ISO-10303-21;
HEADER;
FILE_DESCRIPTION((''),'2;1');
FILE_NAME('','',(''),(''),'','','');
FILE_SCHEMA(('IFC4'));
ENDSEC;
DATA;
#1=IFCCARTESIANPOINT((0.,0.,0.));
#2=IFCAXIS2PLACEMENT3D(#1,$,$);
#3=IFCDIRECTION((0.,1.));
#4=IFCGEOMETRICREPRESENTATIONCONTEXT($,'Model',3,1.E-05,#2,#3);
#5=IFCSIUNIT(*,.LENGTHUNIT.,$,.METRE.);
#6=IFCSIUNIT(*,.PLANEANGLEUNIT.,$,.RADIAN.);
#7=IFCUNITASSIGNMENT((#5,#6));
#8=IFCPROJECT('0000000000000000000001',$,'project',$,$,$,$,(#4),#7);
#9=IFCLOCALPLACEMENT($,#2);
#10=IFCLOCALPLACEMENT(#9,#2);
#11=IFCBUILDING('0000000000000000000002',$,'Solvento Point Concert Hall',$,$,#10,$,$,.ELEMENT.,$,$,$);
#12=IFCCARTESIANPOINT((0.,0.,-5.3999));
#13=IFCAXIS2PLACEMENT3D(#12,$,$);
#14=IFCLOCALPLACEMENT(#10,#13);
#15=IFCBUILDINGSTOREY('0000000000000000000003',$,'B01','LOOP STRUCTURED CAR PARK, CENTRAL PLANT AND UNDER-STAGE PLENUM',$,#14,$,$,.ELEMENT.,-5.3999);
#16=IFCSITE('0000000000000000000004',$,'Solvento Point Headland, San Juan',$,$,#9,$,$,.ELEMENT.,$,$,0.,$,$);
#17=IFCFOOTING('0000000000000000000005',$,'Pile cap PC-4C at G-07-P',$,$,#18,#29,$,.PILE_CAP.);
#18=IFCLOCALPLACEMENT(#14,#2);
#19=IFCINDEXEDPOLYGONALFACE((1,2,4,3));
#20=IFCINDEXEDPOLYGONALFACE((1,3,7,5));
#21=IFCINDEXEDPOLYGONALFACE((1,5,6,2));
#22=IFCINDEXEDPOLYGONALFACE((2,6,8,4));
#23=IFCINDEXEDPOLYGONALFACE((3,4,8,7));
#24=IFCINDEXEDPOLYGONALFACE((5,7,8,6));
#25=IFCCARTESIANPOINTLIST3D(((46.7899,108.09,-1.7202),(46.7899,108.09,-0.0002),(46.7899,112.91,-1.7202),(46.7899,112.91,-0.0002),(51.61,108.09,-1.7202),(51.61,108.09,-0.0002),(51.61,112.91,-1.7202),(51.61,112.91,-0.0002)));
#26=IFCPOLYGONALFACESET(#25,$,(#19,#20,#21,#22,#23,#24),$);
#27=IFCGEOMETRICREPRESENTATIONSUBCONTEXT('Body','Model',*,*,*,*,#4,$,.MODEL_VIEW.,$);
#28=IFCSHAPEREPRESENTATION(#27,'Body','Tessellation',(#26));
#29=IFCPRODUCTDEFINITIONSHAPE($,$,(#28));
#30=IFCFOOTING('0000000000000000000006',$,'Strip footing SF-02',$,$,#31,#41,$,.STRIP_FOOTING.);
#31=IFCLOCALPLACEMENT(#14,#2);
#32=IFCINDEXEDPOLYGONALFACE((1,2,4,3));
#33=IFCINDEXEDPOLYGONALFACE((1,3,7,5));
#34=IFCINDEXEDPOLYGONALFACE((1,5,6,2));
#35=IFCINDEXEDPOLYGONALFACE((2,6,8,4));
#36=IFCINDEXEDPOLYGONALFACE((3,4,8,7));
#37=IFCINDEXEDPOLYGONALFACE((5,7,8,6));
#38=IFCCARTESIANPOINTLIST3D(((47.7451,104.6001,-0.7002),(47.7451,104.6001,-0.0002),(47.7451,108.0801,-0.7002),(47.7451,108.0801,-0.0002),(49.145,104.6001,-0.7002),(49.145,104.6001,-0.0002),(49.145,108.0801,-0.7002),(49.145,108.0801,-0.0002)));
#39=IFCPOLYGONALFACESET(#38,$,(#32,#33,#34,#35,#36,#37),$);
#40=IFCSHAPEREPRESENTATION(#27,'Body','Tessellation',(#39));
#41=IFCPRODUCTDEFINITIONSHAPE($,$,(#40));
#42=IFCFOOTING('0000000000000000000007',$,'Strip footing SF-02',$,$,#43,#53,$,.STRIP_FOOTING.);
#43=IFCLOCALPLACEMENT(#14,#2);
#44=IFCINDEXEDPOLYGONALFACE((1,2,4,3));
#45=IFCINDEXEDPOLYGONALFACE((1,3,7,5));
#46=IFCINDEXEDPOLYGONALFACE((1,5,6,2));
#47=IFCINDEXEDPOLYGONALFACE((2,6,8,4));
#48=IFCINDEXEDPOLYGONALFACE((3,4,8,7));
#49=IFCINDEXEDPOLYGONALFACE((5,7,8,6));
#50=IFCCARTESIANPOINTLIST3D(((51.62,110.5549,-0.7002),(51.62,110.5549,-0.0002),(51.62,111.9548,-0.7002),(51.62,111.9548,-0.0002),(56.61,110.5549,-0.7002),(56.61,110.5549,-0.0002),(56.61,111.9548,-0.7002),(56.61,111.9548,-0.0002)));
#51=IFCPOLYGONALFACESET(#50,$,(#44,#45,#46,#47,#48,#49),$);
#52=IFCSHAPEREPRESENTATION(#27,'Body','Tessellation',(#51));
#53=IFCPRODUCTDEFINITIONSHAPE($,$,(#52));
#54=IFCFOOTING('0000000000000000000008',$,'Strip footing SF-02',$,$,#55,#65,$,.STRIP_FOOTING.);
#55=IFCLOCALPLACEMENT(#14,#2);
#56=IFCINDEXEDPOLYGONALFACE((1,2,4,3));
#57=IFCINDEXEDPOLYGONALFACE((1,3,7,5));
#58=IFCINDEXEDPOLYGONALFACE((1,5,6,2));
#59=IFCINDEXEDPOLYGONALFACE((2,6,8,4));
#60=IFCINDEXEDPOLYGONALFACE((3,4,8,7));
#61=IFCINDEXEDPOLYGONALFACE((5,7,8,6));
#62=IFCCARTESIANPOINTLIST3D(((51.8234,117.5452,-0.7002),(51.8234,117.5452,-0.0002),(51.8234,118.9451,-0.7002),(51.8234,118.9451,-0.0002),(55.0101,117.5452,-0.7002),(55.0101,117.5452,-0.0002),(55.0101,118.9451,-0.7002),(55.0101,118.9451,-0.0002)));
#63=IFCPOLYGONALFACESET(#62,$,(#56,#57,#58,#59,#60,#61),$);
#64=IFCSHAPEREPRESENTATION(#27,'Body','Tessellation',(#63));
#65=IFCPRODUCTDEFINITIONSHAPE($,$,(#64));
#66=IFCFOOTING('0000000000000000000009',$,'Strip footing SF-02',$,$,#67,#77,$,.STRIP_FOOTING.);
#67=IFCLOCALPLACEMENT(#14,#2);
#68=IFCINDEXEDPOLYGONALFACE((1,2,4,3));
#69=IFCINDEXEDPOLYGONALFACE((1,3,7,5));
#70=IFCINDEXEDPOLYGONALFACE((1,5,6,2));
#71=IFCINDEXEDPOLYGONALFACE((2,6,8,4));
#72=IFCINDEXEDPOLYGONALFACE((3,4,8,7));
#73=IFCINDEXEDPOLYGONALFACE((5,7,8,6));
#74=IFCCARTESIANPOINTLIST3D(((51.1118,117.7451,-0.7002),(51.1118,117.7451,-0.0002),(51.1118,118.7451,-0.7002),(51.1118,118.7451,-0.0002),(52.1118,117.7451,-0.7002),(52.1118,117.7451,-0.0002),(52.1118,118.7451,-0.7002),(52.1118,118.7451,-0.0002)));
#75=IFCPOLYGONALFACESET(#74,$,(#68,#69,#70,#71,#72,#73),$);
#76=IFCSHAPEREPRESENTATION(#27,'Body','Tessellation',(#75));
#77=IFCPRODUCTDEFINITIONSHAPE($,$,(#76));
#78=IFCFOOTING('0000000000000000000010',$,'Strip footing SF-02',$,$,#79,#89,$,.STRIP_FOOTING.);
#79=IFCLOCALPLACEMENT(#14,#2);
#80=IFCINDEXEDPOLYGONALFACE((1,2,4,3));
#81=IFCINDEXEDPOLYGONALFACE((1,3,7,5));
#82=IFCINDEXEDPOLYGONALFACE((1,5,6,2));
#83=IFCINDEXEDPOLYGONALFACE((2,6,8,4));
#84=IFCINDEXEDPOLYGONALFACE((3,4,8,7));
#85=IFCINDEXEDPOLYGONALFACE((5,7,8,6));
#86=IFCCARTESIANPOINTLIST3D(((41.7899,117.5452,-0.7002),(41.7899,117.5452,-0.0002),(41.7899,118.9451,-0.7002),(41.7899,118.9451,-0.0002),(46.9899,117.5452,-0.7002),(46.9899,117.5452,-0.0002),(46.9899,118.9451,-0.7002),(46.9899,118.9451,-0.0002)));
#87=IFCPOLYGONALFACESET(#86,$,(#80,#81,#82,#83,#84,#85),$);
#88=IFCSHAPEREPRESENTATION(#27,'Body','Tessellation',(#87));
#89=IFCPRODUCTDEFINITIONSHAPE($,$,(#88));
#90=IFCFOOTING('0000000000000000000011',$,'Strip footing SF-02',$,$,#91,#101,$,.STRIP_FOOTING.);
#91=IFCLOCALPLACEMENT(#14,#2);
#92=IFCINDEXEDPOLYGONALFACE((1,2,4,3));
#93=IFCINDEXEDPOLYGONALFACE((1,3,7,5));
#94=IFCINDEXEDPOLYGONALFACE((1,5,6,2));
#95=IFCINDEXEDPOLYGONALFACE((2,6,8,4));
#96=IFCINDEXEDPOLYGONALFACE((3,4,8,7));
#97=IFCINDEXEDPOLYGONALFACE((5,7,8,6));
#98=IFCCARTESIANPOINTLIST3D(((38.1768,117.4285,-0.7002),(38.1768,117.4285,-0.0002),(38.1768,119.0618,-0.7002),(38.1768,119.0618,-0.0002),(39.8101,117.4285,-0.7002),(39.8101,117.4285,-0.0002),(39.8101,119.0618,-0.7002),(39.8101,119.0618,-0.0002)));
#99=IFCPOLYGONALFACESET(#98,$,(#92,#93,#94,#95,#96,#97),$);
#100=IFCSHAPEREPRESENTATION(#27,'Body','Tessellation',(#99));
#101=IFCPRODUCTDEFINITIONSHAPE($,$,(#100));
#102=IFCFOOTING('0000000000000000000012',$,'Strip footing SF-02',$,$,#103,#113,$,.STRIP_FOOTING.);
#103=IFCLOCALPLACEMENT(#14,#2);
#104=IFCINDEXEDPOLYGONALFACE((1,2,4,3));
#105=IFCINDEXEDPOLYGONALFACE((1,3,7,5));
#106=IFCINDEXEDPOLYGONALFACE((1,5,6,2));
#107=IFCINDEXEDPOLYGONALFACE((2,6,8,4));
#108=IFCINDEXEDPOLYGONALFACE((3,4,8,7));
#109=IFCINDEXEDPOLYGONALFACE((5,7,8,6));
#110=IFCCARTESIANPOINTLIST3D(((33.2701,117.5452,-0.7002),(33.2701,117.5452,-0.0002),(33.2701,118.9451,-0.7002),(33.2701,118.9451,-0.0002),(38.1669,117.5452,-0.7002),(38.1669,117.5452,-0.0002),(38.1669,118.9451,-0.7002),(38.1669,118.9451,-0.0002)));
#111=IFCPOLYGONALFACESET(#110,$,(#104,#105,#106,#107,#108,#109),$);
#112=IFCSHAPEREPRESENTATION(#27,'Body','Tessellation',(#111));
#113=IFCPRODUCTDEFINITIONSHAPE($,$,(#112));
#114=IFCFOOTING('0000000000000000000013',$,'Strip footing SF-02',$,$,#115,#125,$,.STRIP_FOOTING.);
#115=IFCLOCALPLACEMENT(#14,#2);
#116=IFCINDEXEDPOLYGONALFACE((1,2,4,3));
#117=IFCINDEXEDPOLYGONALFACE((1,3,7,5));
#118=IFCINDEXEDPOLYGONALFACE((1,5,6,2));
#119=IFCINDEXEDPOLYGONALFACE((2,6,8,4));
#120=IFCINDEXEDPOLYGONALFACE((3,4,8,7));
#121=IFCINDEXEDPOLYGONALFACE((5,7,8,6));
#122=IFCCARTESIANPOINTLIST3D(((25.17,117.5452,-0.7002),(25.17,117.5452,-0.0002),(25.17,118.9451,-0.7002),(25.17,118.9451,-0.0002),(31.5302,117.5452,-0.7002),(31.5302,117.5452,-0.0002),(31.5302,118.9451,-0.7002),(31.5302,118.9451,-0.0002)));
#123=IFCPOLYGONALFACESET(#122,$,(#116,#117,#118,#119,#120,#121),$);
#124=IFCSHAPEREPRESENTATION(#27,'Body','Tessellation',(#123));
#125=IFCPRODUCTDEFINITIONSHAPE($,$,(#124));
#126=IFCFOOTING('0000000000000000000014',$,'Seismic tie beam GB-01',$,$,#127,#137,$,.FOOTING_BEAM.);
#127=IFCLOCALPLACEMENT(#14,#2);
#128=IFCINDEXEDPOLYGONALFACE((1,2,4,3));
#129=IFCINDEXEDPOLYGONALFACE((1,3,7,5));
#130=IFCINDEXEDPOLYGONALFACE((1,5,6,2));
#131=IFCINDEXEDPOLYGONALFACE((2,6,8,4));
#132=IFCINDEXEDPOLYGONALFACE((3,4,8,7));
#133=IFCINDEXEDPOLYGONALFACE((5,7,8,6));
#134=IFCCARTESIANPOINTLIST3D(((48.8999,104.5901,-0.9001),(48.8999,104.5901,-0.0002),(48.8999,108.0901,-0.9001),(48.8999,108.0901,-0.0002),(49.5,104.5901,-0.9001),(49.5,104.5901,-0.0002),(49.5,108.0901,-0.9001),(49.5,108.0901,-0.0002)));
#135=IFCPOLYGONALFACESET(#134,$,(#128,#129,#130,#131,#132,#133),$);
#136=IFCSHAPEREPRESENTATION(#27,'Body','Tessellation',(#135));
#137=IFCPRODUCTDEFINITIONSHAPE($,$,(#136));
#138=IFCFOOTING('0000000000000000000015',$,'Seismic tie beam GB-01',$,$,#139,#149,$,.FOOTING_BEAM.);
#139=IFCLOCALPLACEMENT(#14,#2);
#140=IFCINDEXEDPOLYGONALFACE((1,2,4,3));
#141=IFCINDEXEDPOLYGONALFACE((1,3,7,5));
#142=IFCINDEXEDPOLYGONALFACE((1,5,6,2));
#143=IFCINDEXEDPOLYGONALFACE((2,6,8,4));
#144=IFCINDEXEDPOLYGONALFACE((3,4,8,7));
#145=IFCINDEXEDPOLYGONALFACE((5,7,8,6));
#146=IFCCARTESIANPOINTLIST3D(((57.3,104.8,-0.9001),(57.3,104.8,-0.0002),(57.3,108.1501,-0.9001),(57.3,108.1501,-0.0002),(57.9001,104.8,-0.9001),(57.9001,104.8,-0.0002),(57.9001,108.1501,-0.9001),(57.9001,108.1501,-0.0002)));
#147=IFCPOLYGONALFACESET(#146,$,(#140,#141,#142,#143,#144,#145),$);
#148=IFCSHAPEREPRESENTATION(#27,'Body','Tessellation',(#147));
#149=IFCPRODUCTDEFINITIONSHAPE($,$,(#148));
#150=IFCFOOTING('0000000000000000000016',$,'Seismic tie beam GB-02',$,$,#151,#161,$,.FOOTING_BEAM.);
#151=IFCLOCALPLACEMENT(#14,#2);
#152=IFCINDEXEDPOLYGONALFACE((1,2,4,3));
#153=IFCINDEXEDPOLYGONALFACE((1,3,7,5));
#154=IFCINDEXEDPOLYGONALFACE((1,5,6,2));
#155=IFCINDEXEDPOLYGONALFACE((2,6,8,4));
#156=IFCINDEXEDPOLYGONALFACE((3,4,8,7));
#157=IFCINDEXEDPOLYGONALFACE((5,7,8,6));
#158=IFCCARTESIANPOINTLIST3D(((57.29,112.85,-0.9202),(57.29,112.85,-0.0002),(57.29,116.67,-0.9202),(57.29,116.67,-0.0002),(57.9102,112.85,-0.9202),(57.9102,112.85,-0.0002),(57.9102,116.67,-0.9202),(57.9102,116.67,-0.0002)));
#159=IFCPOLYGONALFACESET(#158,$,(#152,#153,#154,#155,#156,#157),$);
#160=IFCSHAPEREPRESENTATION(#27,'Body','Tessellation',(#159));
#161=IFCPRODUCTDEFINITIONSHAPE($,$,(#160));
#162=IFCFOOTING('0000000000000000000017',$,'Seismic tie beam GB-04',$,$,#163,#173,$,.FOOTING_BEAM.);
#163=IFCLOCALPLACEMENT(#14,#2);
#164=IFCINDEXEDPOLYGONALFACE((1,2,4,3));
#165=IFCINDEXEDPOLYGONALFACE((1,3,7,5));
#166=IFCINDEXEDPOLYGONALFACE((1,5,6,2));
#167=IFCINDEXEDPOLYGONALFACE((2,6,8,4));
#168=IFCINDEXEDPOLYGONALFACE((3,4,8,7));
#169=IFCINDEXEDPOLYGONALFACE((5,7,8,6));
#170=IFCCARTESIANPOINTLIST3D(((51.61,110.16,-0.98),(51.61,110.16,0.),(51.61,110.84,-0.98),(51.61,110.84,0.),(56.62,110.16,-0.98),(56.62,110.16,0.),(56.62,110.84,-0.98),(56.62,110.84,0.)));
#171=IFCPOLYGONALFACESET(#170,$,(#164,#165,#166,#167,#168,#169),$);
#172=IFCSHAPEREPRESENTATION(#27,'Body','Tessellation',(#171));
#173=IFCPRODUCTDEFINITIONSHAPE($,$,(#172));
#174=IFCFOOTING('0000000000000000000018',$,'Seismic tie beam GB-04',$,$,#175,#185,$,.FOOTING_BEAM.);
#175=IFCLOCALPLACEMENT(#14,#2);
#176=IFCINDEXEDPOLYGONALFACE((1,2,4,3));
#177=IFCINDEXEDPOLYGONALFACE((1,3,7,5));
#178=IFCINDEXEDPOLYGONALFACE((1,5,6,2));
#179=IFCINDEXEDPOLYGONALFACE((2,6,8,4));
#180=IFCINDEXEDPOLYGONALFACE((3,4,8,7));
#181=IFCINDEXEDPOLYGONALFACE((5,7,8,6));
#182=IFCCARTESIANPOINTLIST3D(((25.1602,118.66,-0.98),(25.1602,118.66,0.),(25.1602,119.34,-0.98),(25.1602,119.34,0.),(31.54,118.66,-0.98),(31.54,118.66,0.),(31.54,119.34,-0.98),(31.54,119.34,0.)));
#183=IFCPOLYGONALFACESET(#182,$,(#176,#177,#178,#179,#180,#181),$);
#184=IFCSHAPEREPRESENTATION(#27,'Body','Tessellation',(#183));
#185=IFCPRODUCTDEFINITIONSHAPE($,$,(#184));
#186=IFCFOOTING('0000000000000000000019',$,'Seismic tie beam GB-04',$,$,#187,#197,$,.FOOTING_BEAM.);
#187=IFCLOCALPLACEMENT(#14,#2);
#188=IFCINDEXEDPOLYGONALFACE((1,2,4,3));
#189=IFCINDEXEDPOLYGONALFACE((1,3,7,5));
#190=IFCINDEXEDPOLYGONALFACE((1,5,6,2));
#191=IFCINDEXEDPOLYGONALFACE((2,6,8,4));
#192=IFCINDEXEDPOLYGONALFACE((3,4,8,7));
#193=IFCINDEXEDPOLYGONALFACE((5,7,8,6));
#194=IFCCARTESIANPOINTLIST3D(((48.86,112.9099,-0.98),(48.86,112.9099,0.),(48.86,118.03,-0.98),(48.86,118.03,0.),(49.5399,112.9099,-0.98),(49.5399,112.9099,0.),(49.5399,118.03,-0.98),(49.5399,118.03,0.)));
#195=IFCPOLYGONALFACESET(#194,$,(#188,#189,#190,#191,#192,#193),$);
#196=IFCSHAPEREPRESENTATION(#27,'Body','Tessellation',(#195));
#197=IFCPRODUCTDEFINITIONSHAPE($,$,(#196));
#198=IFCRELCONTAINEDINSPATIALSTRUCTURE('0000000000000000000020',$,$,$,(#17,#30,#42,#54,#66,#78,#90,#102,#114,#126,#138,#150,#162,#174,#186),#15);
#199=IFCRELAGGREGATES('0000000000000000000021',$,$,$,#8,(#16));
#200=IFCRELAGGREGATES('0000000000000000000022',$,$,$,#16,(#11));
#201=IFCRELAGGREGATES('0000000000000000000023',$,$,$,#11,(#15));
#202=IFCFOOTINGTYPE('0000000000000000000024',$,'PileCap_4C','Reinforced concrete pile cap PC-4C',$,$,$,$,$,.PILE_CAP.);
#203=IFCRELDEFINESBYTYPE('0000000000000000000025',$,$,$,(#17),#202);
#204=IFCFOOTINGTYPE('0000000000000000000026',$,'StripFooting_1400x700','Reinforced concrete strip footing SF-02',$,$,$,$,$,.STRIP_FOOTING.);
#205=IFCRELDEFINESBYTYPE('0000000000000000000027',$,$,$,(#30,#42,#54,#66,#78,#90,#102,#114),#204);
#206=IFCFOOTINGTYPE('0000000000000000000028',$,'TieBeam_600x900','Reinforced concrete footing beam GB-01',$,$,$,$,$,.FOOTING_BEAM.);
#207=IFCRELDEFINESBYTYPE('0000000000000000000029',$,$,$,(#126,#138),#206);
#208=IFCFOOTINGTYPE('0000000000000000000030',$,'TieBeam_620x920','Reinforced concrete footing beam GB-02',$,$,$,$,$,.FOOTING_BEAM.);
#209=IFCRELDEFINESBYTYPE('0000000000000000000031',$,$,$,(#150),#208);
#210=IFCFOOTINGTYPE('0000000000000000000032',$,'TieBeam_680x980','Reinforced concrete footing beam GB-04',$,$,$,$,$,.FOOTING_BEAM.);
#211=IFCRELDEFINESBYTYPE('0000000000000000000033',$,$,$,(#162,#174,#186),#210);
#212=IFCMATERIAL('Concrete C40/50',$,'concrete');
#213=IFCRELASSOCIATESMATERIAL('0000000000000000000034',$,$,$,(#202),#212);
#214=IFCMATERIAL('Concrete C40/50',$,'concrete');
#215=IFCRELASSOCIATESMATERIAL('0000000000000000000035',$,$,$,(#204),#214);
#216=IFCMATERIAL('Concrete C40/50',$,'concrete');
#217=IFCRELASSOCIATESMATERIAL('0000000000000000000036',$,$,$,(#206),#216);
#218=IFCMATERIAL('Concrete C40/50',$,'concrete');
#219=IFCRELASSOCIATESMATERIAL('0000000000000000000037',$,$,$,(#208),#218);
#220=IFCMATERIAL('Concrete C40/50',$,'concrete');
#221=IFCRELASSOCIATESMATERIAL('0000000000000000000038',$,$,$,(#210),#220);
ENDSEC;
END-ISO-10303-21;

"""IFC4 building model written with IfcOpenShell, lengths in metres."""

from ifc_helpers import new_model, si_unit, direction, frame, origin, origin_2d, place, context, subcontext, project, spatial, rectangle, extrude, material, type_object, element, save


model = new_model("IFC4")

# Units and contexts
model_context = context("Model", 3, precision=1e-05, world=origin(), true_north=direction((0.0, 1.0)))
body_context = subcontext(model_context, "Body", "Model", "MODEL_VIEW")
ifc_project = project(units=[si_unit("LENGTHUNIT", "METRE"), si_unit("PLANEANGLEUNIT", "RADIAN")], contexts=[model_context])

# Site, building, storey
site_placement = place(None, origin())
site = spatial("IfcSite", under=ifc_project, at=site_placement, Name="Solvento Point Headland, San Juan", CompositionType="ELEMENT", RefElevation=0.0)
building_placement = place(site_placement, origin())
building = spatial("IfcBuilding", under=site, at=building_placement, Name="Solvento Point Concert Hall", CompositionType="ELEMENT")
storey_placement = place(building_placement, frame((0.0, 0.0, -5.3999)))
storey = spatial("IfcBuildingStorey", under=building, at=storey_placement, Name="B01", Description="LOOP STRUCTURED CAR PARK, CENTRAL PLANT AND UNDER-STAGE PLENUM", CompositionType="ELEMENT", Elevation=-5.3999)

# Footings
ifc_material_1 = material(Name="Concrete C40/50", Category="concrete")
footing_type_1 = type_object("IfcFootingType", Name="PileCap_4C", Description="Reinforced concrete pile cap PC-4C", PredefinedType="PILE_CAP", material=ifc_material_1)
footing_1_placement = place(storey_placement, frame((49.2, 110.5, -1.7202), z_axis=(0.0, 0.0, 1.0), x_axis=(1.0, 0.0, 0.0)))
element("IfcFooting", 1, at=footing_1_placement, inside=storey, type_object=footing_type_1, Name="Pile cap PC-4C at G-07-P", PredefinedType="PILE_CAP", context=body_context, shape_type="SweptSolid", body=[
    extrude(rectangle(XDim=4.8201, YDim=4.8201, at=origin_2d()), origin(), (0.0, 0.0, 1.0), 1.72),
])
ifc_material_2 = material(Name="Concrete C40/50", Category="concrete")
footing_type_2 = type_object("IfcFootingType", Name="StripFooting_1400x700", Description="Reinforced concrete strip footing SF-02", PredefinedType="STRIP_FOOTING", material=ifc_material_2)
footing_2_placement = place(storey_placement, frame((48.4451, 106.3401, -0.7002), z_axis=(0.0, 0.0, 1.0), x_axis=(0.0, 1.0, 0.0)))
element("IfcFooting", 2, at=footing_2_placement, inside=storey, type_object=footing_type_2, Name="Strip footing SF-02", PredefinedType="STRIP_FOOTING", context=body_context, shape_type="SweptSolid", body=[
    extrude(rectangle(XDim=3.48, YDim=1.3999, at=origin_2d()), origin(), (0.0, 0.0, 1.0), 0.7),
])
footing_3_placement = place(storey_placement, frame((54.115, 111.2549, -0.7002), z_axis=(0.0, 0.0, 1.0), x_axis=(1.0, 0.0, 0.0)))
element("IfcFooting", 3, at=footing_3_placement, inside=storey, type_object=footing_type_2, Name="Strip footing SF-02", PredefinedType="STRIP_FOOTING", context=body_context, shape_type="SweptSolid", body=[
    extrude(rectangle(XDim=4.99, YDim=1.3999, at=origin_2d()), origin(), (0.0, 0.0, 1.0), 0.7),
])
footing_4_placement = place(storey_placement, frame((53.4167, 118.2451, -0.7002), z_axis=(0.0, 0.0, 1.0), x_axis=(-1.0, 0.0, 0.0)))
element("IfcFooting", 4, at=footing_4_placement, inside=storey, type_object=footing_type_2, Name="Strip footing SF-02", PredefinedType="STRIP_FOOTING", context=body_context, shape_type="SweptSolid", body=[
    extrude(rectangle(XDim=3.1868, YDim=1.3999, at=origin_2d()), origin(), (0.0, 0.0, 1.0), 0.7),
])
footing_5_placement = place(storey_placement, frame((51.6118, 118.2451, -0.7002), z_axis=(0.0, 0.0, 1.0), x_axis=(-1.0, 0.0, 0.0)))
element("IfcFooting", 5, at=footing_5_placement, inside=storey, type_object=footing_type_2, Name="Strip footing SF-02", PredefinedType="STRIP_FOOTING", context=body_context, shape_type="SweptSolid", body=[
    extrude(rectangle(XDim=1.0, YDim=1.0, at=origin_2d()), origin(), (0.0, 0.0, 1.0), 0.7),
])
footing_6_placement = place(storey_placement, frame((44.3899, 118.2451, -0.7002), z_axis=(0.0, 0.0, 1.0), x_axis=(-1.0, 0.0, 0.0)))
element("IfcFooting", 6, at=footing_6_placement, inside=storey, type_object=footing_type_2, Name="Strip footing SF-02", PredefinedType="STRIP_FOOTING", context=body_context, shape_type="SweptSolid", body=[
    extrude(rectangle(XDim=5.2, YDim=1.3999, at=origin_2d()), origin(), (0.0, 0.0, 1.0), 0.7),
])
footing_7_placement = place(storey_placement, frame((38.9934, 118.2451, -0.7002), z_axis=(0.0, 0.0, 1.0), x_axis=(-1.0, 0.0, 0.0)))
element("IfcFooting", 7, at=footing_7_placement, inside=storey, type_object=footing_type_2, Name="Strip footing SF-02", PredefinedType="STRIP_FOOTING", context=body_context, shape_type="SweptSolid", body=[
    extrude(rectangle(XDim=1.6333, YDim=1.6333, at=origin_2d()), origin(), (0.0, 0.0, 1.0), 0.7),
])
footing_8_placement = place(storey_placement, frame((35.7185, 118.2451, -0.7002), z_axis=(0.0, 0.0, 1.0), x_axis=(-1.0, 0.0, 0.0)))
element("IfcFooting", 8, at=footing_8_placement, inside=storey, type_object=footing_type_2, Name="Strip footing SF-02", PredefinedType="STRIP_FOOTING", context=body_context, shape_type="SweptSolid", body=[
    extrude(rectangle(XDim=4.8967, YDim=1.3999, at=origin_2d()), origin(), (0.0, 0.0, 1.0), 0.7),
])
footing_9_placement = place(storey_placement, frame((28.3501, 118.2451, -0.7002), z_axis=(0.0, 0.0, 1.0), x_axis=(-1.0, 0.0, 0.0)))
element("IfcFooting", 9, at=footing_9_placement, inside=storey, type_object=footing_type_2, Name="Strip footing SF-02", PredefinedType="STRIP_FOOTING", context=body_context, shape_type="SweptSolid", body=[
    extrude(rectangle(XDim=6.3601, YDim=1.3999, at=origin_2d()), origin(), (0.0, 0.0, 1.0), 0.7),
])
ifc_material_3 = material(Name="Concrete C40/50", Category="concrete")
footing_type_3 = type_object("IfcFootingType", Name="TieBeam_600x900", Description="Reinforced concrete footing beam GB-01", PredefinedType="FOOTING_BEAM", material=ifc_material_3)
footing_10_placement = place(storey_placement, frame((49.2, 106.3401, -0.9001), z_axis=(0.0, 0.0, 1.0), x_axis=(0.0, 1.0, 0.0)))
element("IfcFooting", 10, at=footing_10_placement, inside=storey, type_object=footing_type_3, Name="Seismic tie beam GB-01", PredefinedType="FOOTING_BEAM", context=body_context, shape_type="SweptSolid", body=[
    extrude(rectangle(XDim=3.5, YDim=0.6001, at=origin_2d()), origin(), (0.0, 0.0, 1.0), 0.8999),
])
footing_11_placement = place(storey_placement, frame((57.6001, 106.4751, -0.9001), z_axis=(0.0, 0.0, 1.0), x_axis=(0.0, 1.0, 0.0)))
element("IfcFooting", 11, at=footing_11_placement, inside=storey, type_object=footing_type_3, Name="Seismic tie beam GB-01", PredefinedType="FOOTING_BEAM", context=body_context, shape_type="SweptSolid", body=[
    extrude(rectangle(XDim=3.3501, YDim=0.6001, at=origin_2d()), origin(), (0.0, 0.0, 1.0), 0.8999),
])
ifc_material_4 = material(Name="Concrete C40/50", Category="concrete")
footing_type_4 = type_object("IfcFootingType", Name="TieBeam_620x920", Description="Reinforced concrete footing beam GB-02", PredefinedType="FOOTING_BEAM", material=ifc_material_4)
footing_12_placement = place(storey_placement, frame((57.6001, 114.76, -0.9202), z_axis=(0.0, 0.0, 1.0), x_axis=(0.0, 1.0, 0.0)))
element("IfcFooting", 12, at=footing_12_placement, inside=storey, type_object=footing_type_4, Name="Seismic tie beam GB-02", PredefinedType="FOOTING_BEAM", context=body_context, shape_type="SweptSolid", body=[
    extrude(rectangle(XDim=3.8201, YDim=0.6201, at=origin_2d()), origin(), (0.0, 0.0, 1.0), 0.9199),
])
ifc_material_5 = material(Name="Concrete C40/50", Category="concrete")
footing_type_5 = type_object("IfcFootingType", Name="TieBeam_680x980", Description="Reinforced concrete footing beam GB-04", PredefinedType="FOOTING_BEAM", material=ifc_material_5)
footing_13_placement = place(storey_placement, frame((54.115, 110.5, -0.98), z_axis=(0.0, 0.0, 1.0), x_axis=(1.0, 0.0, 0.0)))
element("IfcFooting", 13, at=footing_13_placement, inside=storey, type_object=footing_type_5, Name="Seismic tie beam GB-04", PredefinedType="FOOTING_BEAM", context=body_context, shape_type="SweptSolid", body=[
    extrude(rectangle(XDim=5.01, YDim=0.6799, at=origin_2d()), origin(), (0.0, 0.0, 1.0), 0.98),
])
footing_14_placement = place(storey_placement, frame((28.3501, 119.0, -0.98), z_axis=(0.0, 0.0, 1.0), x_axis=(1.0, 0.0, 0.0)))
element("IfcFooting", 14, at=footing_14_placement, inside=storey, type_object=footing_type_5, Name="Seismic tie beam GB-04", PredefinedType="FOOTING_BEAM", context=body_context, shape_type="SweptSolid", body=[
    extrude(rectangle(XDim=6.3799, YDim=0.6799, at=origin_2d()), origin(), (0.0, 0.0, 1.0), 0.98),
])
footing_15_placement = place(storey_placement, frame((49.2, 115.47, -0.98), z_axis=(0.0, 0.0, 1.0), x_axis=(0.0, 1.0, 0.0)))
element("IfcFooting", 15, at=footing_15_placement, inside=storey, type_object=footing_type_5, Name="Seismic tie beam GB-04", PredefinedType="FOOTING_BEAM", context=body_context, shape_type="SweptSolid", body=[
    extrude(rectangle(XDim=5.1201, YDim=0.6799, at=origin_2d()), origin(), (0.0, 0.0, 1.0), 0.98),
])

save(model, "model.ifc")
